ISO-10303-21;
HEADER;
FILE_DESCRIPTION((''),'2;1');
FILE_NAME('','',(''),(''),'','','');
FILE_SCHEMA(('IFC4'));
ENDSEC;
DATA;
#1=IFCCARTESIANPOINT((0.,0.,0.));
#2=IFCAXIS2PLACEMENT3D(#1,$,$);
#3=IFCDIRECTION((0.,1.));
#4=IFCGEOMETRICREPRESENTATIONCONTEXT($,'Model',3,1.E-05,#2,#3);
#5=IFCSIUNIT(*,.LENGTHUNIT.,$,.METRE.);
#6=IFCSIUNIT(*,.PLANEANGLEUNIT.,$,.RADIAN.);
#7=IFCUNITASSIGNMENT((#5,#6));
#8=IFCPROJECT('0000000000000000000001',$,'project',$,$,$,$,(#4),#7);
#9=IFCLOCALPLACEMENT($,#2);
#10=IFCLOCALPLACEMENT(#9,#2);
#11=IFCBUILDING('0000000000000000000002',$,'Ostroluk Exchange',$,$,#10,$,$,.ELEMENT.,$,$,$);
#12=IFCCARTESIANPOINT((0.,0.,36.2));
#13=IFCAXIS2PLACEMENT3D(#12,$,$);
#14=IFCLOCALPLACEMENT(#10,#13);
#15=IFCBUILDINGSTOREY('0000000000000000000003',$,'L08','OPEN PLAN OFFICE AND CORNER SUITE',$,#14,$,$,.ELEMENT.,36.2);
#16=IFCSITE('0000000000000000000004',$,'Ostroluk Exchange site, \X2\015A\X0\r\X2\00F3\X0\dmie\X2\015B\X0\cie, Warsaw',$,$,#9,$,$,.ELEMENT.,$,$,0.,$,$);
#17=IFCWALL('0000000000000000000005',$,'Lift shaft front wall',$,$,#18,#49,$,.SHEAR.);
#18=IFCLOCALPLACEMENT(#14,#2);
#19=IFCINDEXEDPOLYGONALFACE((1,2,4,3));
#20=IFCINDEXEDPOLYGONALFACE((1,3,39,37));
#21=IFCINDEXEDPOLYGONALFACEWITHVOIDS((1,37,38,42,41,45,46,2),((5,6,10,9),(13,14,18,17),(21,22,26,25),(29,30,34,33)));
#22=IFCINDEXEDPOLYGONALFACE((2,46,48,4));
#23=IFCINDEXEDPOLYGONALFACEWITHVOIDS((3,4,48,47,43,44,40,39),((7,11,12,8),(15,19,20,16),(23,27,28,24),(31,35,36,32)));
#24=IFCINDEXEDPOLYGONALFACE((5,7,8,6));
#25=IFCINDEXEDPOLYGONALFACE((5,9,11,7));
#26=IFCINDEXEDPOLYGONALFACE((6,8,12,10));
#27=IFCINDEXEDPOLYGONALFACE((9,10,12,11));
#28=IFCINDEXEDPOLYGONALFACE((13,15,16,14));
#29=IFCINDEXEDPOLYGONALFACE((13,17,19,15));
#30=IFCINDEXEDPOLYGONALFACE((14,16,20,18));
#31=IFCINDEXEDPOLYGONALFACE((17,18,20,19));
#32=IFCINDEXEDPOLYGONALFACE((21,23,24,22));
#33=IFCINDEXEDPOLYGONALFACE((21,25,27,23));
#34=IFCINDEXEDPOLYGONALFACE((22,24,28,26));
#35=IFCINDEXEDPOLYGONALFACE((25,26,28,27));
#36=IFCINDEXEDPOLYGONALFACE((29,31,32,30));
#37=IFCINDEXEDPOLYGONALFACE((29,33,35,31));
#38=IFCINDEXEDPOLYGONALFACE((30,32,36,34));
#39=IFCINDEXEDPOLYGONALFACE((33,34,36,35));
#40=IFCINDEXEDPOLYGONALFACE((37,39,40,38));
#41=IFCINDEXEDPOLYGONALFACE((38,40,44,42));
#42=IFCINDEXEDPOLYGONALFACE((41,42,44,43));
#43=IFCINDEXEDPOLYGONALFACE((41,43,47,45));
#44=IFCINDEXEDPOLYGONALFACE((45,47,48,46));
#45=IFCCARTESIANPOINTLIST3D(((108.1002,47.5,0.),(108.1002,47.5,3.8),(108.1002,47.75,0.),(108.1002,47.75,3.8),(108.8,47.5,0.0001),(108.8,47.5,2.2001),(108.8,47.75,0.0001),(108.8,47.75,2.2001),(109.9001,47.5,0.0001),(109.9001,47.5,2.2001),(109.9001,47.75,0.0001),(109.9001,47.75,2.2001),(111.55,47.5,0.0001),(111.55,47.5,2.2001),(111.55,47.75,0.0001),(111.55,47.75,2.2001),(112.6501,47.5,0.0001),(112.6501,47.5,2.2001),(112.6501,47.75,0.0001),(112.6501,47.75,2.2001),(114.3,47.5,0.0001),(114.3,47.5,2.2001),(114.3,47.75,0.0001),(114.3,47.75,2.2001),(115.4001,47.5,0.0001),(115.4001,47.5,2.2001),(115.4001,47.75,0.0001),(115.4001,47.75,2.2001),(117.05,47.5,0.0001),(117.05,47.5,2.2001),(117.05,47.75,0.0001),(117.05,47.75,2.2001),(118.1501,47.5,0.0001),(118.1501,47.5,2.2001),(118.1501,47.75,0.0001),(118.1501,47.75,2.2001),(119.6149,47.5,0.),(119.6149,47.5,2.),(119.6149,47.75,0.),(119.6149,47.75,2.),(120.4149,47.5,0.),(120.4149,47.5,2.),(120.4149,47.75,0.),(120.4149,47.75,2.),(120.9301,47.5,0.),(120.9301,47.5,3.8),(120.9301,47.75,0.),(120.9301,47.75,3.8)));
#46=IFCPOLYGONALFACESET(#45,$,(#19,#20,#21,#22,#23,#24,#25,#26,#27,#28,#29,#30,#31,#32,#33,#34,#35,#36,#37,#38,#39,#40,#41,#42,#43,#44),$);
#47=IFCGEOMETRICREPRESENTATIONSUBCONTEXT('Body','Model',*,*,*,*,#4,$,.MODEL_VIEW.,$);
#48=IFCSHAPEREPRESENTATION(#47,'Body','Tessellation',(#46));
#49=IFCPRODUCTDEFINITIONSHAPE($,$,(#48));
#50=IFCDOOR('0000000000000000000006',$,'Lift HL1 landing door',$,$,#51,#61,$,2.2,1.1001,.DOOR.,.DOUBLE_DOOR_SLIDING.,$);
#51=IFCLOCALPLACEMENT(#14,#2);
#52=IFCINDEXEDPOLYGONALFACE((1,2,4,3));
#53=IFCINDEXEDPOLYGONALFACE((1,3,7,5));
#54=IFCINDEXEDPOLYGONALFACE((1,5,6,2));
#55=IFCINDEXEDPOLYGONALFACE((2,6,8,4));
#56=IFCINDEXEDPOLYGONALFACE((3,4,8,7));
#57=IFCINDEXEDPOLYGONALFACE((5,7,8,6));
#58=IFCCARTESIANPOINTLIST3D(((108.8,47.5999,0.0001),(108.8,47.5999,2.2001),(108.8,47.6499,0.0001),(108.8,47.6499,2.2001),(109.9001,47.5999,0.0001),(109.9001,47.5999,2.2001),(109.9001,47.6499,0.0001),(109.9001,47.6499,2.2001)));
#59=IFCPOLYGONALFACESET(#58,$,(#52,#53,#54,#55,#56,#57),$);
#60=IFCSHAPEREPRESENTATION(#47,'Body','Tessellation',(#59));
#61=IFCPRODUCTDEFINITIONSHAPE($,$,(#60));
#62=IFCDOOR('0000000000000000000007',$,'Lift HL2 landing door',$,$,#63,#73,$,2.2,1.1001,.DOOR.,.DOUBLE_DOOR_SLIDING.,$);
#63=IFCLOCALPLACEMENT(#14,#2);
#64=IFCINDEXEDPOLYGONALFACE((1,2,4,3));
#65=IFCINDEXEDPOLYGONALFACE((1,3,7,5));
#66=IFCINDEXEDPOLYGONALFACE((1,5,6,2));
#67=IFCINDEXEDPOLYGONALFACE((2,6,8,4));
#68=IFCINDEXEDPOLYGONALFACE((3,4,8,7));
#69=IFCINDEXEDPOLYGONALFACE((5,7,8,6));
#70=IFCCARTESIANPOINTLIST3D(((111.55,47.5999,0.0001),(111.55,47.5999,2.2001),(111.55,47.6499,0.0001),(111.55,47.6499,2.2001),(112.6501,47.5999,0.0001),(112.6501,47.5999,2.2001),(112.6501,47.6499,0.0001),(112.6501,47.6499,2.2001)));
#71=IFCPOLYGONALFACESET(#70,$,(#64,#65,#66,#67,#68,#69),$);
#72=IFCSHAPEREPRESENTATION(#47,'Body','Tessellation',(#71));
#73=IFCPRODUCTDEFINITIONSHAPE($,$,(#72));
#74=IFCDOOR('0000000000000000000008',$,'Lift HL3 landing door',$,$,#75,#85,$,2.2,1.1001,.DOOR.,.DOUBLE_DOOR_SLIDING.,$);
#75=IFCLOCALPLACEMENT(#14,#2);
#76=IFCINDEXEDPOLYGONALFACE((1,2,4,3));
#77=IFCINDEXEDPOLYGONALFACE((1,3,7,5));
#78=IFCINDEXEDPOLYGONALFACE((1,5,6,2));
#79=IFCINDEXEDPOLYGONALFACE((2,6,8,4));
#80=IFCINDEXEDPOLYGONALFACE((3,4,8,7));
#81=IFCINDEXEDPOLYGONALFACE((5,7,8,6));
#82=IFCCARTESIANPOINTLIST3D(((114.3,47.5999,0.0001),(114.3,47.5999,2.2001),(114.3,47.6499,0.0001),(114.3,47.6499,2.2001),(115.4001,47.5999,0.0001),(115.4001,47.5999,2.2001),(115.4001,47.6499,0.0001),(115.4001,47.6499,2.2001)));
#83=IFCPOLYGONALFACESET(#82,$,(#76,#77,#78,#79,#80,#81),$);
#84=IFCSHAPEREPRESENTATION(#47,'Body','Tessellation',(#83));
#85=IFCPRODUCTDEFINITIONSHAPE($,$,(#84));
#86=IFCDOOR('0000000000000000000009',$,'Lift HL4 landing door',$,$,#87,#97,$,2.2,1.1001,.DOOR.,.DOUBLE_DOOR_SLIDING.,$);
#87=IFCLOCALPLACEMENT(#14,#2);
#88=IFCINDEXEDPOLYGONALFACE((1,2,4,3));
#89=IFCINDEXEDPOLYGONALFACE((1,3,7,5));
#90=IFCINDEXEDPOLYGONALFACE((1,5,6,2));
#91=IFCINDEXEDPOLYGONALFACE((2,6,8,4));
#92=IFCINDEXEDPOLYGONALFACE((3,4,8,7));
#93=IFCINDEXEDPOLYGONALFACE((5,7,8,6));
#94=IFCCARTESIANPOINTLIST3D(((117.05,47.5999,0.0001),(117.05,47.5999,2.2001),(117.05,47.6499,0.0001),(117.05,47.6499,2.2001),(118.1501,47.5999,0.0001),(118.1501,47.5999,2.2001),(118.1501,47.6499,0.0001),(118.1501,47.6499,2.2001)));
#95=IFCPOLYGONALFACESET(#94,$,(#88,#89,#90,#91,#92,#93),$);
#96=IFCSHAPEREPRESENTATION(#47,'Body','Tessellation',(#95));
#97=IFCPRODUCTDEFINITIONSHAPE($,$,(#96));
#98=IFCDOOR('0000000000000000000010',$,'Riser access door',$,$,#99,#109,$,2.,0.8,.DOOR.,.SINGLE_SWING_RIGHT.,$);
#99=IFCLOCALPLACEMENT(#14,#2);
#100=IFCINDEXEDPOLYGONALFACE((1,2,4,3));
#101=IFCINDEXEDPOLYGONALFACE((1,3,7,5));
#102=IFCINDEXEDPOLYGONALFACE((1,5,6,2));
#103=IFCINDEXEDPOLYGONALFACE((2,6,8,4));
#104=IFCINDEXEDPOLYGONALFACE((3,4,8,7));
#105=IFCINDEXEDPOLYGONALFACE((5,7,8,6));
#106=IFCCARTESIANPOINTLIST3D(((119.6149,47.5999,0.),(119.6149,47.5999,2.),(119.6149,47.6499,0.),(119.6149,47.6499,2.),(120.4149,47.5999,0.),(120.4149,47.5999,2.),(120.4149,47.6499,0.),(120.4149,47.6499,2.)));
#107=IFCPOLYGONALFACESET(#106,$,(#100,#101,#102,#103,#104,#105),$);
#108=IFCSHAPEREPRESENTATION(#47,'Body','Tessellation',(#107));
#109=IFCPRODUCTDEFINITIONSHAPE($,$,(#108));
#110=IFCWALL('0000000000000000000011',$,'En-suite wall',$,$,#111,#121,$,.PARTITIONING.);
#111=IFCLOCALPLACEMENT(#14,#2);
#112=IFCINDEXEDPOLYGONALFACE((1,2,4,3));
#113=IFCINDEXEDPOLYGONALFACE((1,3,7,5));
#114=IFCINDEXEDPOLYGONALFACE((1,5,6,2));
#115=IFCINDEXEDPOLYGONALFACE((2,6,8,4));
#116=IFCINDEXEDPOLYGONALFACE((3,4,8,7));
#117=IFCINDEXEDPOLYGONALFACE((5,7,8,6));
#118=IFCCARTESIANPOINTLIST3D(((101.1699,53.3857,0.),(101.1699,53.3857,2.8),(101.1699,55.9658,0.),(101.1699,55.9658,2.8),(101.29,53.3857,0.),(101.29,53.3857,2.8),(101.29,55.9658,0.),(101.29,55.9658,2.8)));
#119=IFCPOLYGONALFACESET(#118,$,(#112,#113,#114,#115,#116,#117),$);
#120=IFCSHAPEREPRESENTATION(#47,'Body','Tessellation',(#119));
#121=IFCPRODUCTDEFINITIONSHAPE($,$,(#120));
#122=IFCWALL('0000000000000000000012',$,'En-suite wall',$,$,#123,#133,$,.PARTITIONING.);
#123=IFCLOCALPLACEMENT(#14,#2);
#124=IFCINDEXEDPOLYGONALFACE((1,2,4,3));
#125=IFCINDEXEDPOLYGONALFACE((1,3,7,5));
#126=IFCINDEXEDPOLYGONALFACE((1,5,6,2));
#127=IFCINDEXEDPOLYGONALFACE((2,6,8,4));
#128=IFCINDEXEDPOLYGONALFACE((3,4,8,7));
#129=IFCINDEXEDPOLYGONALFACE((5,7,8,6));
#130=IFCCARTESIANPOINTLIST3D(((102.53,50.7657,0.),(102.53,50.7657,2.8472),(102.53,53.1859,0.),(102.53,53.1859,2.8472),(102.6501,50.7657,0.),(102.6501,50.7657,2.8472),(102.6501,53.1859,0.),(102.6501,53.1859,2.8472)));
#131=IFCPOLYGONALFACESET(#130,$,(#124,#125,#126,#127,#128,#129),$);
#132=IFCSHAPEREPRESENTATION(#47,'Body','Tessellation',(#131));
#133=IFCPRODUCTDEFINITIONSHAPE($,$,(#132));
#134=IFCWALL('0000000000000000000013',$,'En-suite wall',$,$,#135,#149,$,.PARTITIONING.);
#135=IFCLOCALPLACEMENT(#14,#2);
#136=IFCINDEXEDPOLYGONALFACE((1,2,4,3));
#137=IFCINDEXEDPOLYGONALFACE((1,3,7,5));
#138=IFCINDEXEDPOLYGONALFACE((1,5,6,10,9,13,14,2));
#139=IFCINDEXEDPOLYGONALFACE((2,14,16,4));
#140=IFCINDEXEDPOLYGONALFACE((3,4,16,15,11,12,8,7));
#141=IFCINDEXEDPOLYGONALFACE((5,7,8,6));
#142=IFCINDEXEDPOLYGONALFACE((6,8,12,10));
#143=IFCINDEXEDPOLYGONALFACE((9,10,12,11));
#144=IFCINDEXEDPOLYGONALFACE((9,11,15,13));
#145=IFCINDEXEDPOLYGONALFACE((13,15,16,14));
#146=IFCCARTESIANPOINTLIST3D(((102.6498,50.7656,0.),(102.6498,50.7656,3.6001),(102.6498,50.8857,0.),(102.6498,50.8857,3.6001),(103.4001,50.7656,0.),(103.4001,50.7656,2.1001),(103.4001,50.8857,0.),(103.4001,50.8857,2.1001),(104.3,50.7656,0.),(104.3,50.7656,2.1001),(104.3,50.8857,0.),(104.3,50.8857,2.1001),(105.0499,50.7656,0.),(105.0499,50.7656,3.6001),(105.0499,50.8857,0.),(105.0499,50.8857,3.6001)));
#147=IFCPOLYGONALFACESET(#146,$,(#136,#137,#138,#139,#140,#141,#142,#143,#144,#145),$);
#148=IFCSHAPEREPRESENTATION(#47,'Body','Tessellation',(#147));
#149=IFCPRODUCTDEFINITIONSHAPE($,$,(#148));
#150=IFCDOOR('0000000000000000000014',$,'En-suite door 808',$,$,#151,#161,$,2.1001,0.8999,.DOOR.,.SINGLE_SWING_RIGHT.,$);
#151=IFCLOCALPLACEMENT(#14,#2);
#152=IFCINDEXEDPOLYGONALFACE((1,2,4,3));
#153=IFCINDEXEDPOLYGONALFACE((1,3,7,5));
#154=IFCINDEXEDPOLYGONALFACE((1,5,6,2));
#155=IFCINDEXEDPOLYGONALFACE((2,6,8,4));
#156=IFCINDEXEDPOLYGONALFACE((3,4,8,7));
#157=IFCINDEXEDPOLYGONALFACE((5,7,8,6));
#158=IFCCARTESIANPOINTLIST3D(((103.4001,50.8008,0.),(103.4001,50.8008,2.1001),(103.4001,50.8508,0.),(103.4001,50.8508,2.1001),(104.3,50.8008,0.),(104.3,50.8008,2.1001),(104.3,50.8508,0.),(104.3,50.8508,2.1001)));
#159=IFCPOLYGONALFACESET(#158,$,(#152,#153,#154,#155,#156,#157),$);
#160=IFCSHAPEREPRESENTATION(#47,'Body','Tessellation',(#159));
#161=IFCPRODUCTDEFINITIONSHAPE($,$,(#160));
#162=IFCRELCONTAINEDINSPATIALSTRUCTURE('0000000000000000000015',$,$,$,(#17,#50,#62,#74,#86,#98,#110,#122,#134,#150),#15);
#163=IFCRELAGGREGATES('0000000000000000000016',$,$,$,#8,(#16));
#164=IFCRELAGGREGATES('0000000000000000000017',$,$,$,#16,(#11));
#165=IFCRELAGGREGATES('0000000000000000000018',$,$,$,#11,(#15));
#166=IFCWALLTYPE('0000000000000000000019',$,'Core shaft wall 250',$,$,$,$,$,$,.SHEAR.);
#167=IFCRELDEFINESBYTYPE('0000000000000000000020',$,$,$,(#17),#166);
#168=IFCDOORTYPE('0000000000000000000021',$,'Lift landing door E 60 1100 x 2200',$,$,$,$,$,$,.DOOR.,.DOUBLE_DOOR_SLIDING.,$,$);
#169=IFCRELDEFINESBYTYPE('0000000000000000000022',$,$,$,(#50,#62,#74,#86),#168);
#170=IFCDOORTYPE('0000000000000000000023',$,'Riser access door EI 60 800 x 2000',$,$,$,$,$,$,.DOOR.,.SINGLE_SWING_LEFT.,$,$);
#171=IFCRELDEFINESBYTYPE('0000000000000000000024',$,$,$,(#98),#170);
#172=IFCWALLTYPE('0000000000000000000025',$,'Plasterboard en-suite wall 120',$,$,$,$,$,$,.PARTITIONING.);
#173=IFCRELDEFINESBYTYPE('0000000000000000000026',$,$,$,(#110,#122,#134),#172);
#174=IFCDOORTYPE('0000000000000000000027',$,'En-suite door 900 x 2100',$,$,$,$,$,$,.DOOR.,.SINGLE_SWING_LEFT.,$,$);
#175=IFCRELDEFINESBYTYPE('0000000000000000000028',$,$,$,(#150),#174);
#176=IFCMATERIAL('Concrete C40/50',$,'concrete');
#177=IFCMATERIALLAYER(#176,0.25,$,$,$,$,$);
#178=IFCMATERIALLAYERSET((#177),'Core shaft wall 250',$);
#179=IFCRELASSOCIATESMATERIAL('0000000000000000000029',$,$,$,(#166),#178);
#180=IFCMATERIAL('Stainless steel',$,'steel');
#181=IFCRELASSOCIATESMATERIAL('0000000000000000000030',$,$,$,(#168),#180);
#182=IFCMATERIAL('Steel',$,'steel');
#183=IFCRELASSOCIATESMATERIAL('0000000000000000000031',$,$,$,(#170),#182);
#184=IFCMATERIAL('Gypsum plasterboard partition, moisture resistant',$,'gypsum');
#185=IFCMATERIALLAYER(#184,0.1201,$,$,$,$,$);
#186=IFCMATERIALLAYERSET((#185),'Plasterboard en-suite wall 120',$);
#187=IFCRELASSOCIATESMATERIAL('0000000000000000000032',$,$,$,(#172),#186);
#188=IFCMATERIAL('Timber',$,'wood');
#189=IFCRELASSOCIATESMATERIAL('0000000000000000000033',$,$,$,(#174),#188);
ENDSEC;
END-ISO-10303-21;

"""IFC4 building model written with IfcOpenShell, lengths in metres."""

from ifc_helpers import new_model, si_unit, direction, frame, frame_2d, origin, place, context, subcontext, project, spatial, rectangle, extrude, material, layer, layer_set, type_object, element, fill, save


model = new_model("IFC4")

# Units and contexts
model_context = context("Model", 3, precision=1e-05, world=origin(), true_north=direction((0.0, 1.0)))
body_context = subcontext(model_context, "Body", "Model", "MODEL_VIEW")
ifc_project = project(units=[si_unit("LENGTHUNIT", "METRE"), si_unit("PLANEANGLEUNIT", "RADIAN")], contexts=[model_context])

# Site, building, storey
site_placement = place(None, origin())
site = spatial("IfcSite", under=ifc_project, at=site_placement, Name="Ostroluk Exchange site, Śródmieście, Warsaw", CompositionType="ELEMENT", RefElevation=0.0)
building_placement = place(site_placement, origin())
building = spatial("IfcBuilding", under=site, at=building_placement, Name="Ostroluk Exchange", CompositionType="ELEMENT")
storey_placement = place(building_placement, frame((0.0, 0.0, 36.2)))
storey = spatial("IfcBuildingStorey", under=building, at=storey_placement, Name="L08", Description="OPEN PLAN OFFICE AND CORNER SUITE", CompositionType="ELEMENT", Elevation=36.2)

# Shared definitions
ifc_material_1 = material(Name="Concrete C40/50", Category="concrete")
ifc_layer_1 = layer(ifc_material_1, 0.25)
ifc_layer_set_1 = layer_set([ifc_layer_1], Name="Core shaft wall 250")
wall_type_1 = type_object("IfcWallType", Name="Core shaft wall 250", PredefinedType="SHEAR", material=ifc_layer_set_1)

# Wall, openings, doors
wall_1_placement = place(storey_placement, frame((108.1001, 47.625, 0.0), z_axis=(0.0, 0.0, 1.0), x_axis=(1.0, 0.0, 0.0)))
wall_1 = element("IfcWall", 1, at=wall_1_placement, inside=storey, type_object=wall_type_1, Name="Lift shaft front wall", PredefinedType="SHEAR", context=body_context, shape_type="SweptSolid", body=[
    extrude(rectangle(XDim=12.8298, YDim=0.25, at=frame_2d((6.415, 0.0))), origin(), (0.0, 0.0, 1.0), 3.8),
])
opening_1_placement = place(wall_1_placement, frame((0.7, 0.0, 0.0)))
opening_1 = element("IfcOpeningElement", 2, at=opening_1_placement, cuts=wall_1, PredefinedType="OPENING", context=body_context, shape_type="SweptSolid", body=[
    extrude(rectangle(XDim=1.1001, YDim=2.2, at=frame_2d((0.55, 1.1001))), frame((0.0, 0.135, 0.0), z_axis=(0.0, -1.0, 0.0), x_axis=(1.0, 0.0, 0.0)), (0.0, 0.0, 1.0), 0.27),
])
opening_2_placement = place(wall_1_placement, frame((3.45, 0.0, 0.0)))
opening_2 = element("IfcOpeningElement", 3, at=opening_2_placement, cuts=wall_1, PredefinedType="OPENING", context=body_context, shape_type="SweptSolid", body=[
    extrude(rectangle(XDim=1.1001, YDim=2.2, at=frame_2d((0.55, 1.1001))), frame((0.0, 0.135, 0.0), z_axis=(0.0, -1.0, 0.0), x_axis=(1.0, 0.0, 0.0)), (0.0, 0.0, 1.0), 0.27),
])
opening_3_placement = place(wall_1_placement, frame((6.2, 0.0, 0.0)))
opening_3 = element("IfcOpeningElement", 4, at=opening_3_placement, cuts=wall_1, PredefinedType="OPENING", context=body_context, shape_type="SweptSolid", body=[
    extrude(rectangle(XDim=1.1001, YDim=2.2, at=frame_2d((0.55, 1.1001))), frame((0.0, 0.135, 0.0), z_axis=(0.0, -1.0, 0.0), x_axis=(1.0, 0.0, 0.0)), (0.0, 0.0, 1.0), 0.27),
])
opening_4_placement = place(wall_1_placement, frame((8.95, 0.0, 0.0)))
opening_4 = element("IfcOpeningElement", 5, at=opening_4_placement, cuts=wall_1, PredefinedType="OPENING", context=body_context, shape_type="SweptSolid", body=[
    extrude(rectangle(XDim=1.1001, YDim=2.2, at=frame_2d((0.55, 1.1001))), frame((0.0, 0.135, 0.0), z_axis=(0.0, -1.0, 0.0), x_axis=(1.0, 0.0, 0.0)), (0.0, 0.0, 1.0), 0.27),
])
opening_5_placement = place(wall_1_placement, frame((11.5149, 0.0, 0.0)))
opening_5 = element("IfcOpeningElement", 6, at=opening_5_placement, cuts=wall_1, PredefinedType="OPENING", context=body_context, shape_type="SweptSolid", body=[
    extrude(rectangle(XDim=0.8, YDim=2.0, at=frame_2d((0.3999, 1.0))), frame((0.0, 0.135, 0.0), z_axis=(0.0, -1.0, 0.0), x_axis=(1.0, 0.0, 0.0)), (0.0, 0.0, 1.0), 0.27),
])
ifc_material_2 = material(Name="Stainless steel", Category="steel")
door_type_1 = type_object("IfcDoorType", Name="Lift landing door E 60 1100 x 2200", OperationType="DOUBLE_DOOR_SLIDING", PredefinedType="DOOR", material=ifc_material_2)
door_1_placement = place(opening_1_placement, origin())
door_1 = element("IfcDoor", 7, at=door_1_placement, inside=storey, type_object=door_type_1, Name="Lift HL1 landing door", OperationType="DOUBLE_DOOR_SLIDING", OverallHeight=2.2, OverallWidth=1.1001, PredefinedType="DOOR", context=body_context, shape_type="SweptSolid", body=[
    extrude(rectangle(XDim=1.1001, YDim=2.2, at=frame_2d((0.55, 1.1001))), frame((0.0, 0.0249, 0.0), z_axis=(0.0, -1.0, 0.0), x_axis=(1.0, 0.0, 0.0)), (0.0, 0.0, 1.0), 0.05),
])
fill(opening_1, door_1)
door_2_placement = place(opening_2_placement, origin())
door_2 = element("IfcDoor", 8, at=door_2_placement, inside=storey, type_object=door_type_1, Name="Lift HL2 landing door", OperationType="DOUBLE_DOOR_SLIDING", OverallHeight=2.2, OverallWidth=1.1001, PredefinedType="DOOR", context=body_context, shape_type="SweptSolid", body=[
    extrude(rectangle(XDim=1.1001, YDim=2.2, at=frame_2d((0.55, 1.1001))), frame((0.0, 0.0249, 0.0), z_axis=(0.0, -1.0, 0.0), x_axis=(1.0, 0.0, 0.0)), (0.0, 0.0, 1.0), 0.05),
])
fill(opening_2, door_2)
door_3_placement = place(opening_3_placement, origin())
door_3 = element("IfcDoor", 9, at=door_3_placement, inside=storey, type_object=door_type_1, Name="Lift HL3 landing door", OperationType="DOUBLE_DOOR_SLIDING", OverallHeight=2.2, OverallWidth=1.1001, PredefinedType="DOOR", context=body_context, shape_type="SweptSolid", body=[
    extrude(rectangle(XDim=1.1001, YDim=2.2, at=frame_2d((0.55, 1.1001))), frame((0.0, 0.0249, 0.0), z_axis=(0.0, -1.0, 0.0), x_axis=(1.0, 0.0, 0.0)), (0.0, 0.0, 1.0), 0.05),
])
fill(opening_3, door_3)
door_4_placement = place(opening_4_placement, origin())
door_4 = element("IfcDoor", 10, at=door_4_placement, inside=storey, type_object=door_type_1, Name="Lift HL4 landing door", OperationType="DOUBLE_DOOR_SLIDING", OverallHeight=2.2, OverallWidth=1.1001, PredefinedType="DOOR", context=body_context, shape_type="SweptSolid", body=[
    extrude(rectangle(XDim=1.1001, YDim=2.2, at=frame_2d((0.55, 1.1001))), frame((0.0, 0.0249, 0.0), z_axis=(0.0, -1.0, 0.0), x_axis=(1.0, 0.0, 0.0)), (0.0, 0.0, 1.0), 0.05),
])
fill(opening_4, door_4)
ifc_material_3 = material(Name="Steel", Category="steel")
door_type_2 = type_object("IfcDoorType", Name="Riser access door EI 60 800 x 2000", OperationType="SINGLE_SWING_LEFT", PredefinedType="DOOR", material=ifc_material_3)
door_5_placement = place(opening_5_placement, origin())
door_5 = element("IfcDoor", 11, at=door_5_placement, inside=storey, type_object=door_type_2, Name="Riser access door", OperationType="SINGLE_SWING_RIGHT", OverallHeight=2.0, OverallWidth=0.8, PredefinedType="DOOR", context=body_context, shape_type="SweptSolid", body=[
    extrude(rectangle(XDim=0.8, YDim=2.0, at=frame_2d((0.3999, 1.0))), frame((0.0, 0.0249, 0.0), z_axis=(0.0, -1.0, 0.0), x_axis=(1.0, 0.0, 0.0)), (0.0, 0.0, 1.0), 0.05),
])
fill(opening_5, door_5)

# Walls
ifc_material_4 = material(Name="Gypsum plasterboard partition, moisture resistant", Category="gypsum")
ifc_layer_2 = layer(ifc_material_4, 0.1201)
ifc_layer_set_2 = layer_set([ifc_layer_2], Name="Plasterboard en-suite wall 120")
wall_type_2 = type_object("IfcWallType", Name="Plasterboard en-suite wall 120", PredefinedType="PARTITIONING", material=ifc_layer_set_2)
wall_2_placement = place(storey_placement, frame((101.23, 53.3857, 0.0), z_axis=(0.0, 0.0, 1.0), x_axis=(0.0, 1.0, 0.0)))
element("IfcWall", 12, at=wall_2_placement, inside=storey, type_object=wall_type_2, Name="En-suite wall", PredefinedType="PARTITIONING", context=body_context, shape_type="SweptSolid", body=[
    extrude(rectangle(XDim=2.5801, YDim=0.1201, at=frame_2d((1.29, 0.0))), origin(), (0.0, 0.0, 1.0), 2.8),
])
wall_3_placement = place(storey_placement, frame((102.5901, 53.1858, 0.0), z_axis=(0.0, 0.0, 1.0), x_axis=(0.0, -1.0, 0.0)))
element("IfcWall", 13, at=wall_3_placement, inside=storey, type_object=wall_type_2, Name="En-suite wall", PredefinedType="PARTITIONING", context=body_context, shape_type="SweptSolid", body=[
    extrude(rectangle(XDim=2.4202, YDim=0.1201, at=frame_2d((1.21, 0.0))), origin(), (0.0, 0.0, 1.0), 2.8472),
])

# Wall, opening, door
wall_4_placement = place(storey_placement, frame((105.05, 50.8257, 0.0), z_axis=(0.0, 0.0, 1.0), x_axis=(-1.0, 0.0, 0.0)))
wall_4 = element("IfcWall", 14, at=wall_4_placement, inside=storey, type_object=wall_type_2, Name="En-suite wall", PredefinedType="PARTITIONING", context=body_context, shape_type="SweptSolid", body=[
    extrude(rectangle(XDim=2.4001, YDim=0.1201, at=frame_2d((1.2002, 0.0))), origin(), (0.0, 0.0, 1.0), 3.6001),
])
opening_6_placement = place(wall_4_placement, frame((0.75, 0.0, 0.0)))
opening_6 = element("IfcOpeningElement", 15, at=opening_6_placement, cuts=wall_4, PredefinedType="OPENING", context=body_context, shape_type="SweptSolid", body=[
    extrude(rectangle(XDim=0.8999, YDim=2.1001, at=frame_2d((0.45, 1.05))), frame((0.0, 0.0701, 0.0), z_axis=(0.0, -1.0, 0.0), x_axis=(1.0, 0.0, 0.0)), (0.0, 0.0, 1.0), 0.1401),
])
ifc_material_5 = material(Name="Timber", Category="wood")
door_type_3 = type_object("IfcDoorType", Name="En-suite door 900 x 2100", OperationType="SINGLE_SWING_LEFT", PredefinedType="DOOR", material=ifc_material_5)
door_6_placement = place(opening_6_placement, origin())
door_6 = element("IfcDoor", 16, at=door_6_placement, inside=storey, type_object=door_type_3, Name="En-suite door 808", OperationType="SINGLE_SWING_RIGHT", OverallHeight=2.1001, OverallWidth=0.8999, PredefinedType="DOOR", context=body_context, shape_type="SweptSolid", body=[
    extrude(rectangle(XDim=0.8999, YDim=2.1001, at=frame_2d((0.45, 1.05))), frame((0.0, 0.0249, 0.0), z_axis=(0.0, -1.0, 0.0), x_axis=(1.0, 0.0, 0.0)), (0.0, 0.0, 1.0), 0.05),
])
fill(opening_6, door_6)

save(model, "model.ifc")
